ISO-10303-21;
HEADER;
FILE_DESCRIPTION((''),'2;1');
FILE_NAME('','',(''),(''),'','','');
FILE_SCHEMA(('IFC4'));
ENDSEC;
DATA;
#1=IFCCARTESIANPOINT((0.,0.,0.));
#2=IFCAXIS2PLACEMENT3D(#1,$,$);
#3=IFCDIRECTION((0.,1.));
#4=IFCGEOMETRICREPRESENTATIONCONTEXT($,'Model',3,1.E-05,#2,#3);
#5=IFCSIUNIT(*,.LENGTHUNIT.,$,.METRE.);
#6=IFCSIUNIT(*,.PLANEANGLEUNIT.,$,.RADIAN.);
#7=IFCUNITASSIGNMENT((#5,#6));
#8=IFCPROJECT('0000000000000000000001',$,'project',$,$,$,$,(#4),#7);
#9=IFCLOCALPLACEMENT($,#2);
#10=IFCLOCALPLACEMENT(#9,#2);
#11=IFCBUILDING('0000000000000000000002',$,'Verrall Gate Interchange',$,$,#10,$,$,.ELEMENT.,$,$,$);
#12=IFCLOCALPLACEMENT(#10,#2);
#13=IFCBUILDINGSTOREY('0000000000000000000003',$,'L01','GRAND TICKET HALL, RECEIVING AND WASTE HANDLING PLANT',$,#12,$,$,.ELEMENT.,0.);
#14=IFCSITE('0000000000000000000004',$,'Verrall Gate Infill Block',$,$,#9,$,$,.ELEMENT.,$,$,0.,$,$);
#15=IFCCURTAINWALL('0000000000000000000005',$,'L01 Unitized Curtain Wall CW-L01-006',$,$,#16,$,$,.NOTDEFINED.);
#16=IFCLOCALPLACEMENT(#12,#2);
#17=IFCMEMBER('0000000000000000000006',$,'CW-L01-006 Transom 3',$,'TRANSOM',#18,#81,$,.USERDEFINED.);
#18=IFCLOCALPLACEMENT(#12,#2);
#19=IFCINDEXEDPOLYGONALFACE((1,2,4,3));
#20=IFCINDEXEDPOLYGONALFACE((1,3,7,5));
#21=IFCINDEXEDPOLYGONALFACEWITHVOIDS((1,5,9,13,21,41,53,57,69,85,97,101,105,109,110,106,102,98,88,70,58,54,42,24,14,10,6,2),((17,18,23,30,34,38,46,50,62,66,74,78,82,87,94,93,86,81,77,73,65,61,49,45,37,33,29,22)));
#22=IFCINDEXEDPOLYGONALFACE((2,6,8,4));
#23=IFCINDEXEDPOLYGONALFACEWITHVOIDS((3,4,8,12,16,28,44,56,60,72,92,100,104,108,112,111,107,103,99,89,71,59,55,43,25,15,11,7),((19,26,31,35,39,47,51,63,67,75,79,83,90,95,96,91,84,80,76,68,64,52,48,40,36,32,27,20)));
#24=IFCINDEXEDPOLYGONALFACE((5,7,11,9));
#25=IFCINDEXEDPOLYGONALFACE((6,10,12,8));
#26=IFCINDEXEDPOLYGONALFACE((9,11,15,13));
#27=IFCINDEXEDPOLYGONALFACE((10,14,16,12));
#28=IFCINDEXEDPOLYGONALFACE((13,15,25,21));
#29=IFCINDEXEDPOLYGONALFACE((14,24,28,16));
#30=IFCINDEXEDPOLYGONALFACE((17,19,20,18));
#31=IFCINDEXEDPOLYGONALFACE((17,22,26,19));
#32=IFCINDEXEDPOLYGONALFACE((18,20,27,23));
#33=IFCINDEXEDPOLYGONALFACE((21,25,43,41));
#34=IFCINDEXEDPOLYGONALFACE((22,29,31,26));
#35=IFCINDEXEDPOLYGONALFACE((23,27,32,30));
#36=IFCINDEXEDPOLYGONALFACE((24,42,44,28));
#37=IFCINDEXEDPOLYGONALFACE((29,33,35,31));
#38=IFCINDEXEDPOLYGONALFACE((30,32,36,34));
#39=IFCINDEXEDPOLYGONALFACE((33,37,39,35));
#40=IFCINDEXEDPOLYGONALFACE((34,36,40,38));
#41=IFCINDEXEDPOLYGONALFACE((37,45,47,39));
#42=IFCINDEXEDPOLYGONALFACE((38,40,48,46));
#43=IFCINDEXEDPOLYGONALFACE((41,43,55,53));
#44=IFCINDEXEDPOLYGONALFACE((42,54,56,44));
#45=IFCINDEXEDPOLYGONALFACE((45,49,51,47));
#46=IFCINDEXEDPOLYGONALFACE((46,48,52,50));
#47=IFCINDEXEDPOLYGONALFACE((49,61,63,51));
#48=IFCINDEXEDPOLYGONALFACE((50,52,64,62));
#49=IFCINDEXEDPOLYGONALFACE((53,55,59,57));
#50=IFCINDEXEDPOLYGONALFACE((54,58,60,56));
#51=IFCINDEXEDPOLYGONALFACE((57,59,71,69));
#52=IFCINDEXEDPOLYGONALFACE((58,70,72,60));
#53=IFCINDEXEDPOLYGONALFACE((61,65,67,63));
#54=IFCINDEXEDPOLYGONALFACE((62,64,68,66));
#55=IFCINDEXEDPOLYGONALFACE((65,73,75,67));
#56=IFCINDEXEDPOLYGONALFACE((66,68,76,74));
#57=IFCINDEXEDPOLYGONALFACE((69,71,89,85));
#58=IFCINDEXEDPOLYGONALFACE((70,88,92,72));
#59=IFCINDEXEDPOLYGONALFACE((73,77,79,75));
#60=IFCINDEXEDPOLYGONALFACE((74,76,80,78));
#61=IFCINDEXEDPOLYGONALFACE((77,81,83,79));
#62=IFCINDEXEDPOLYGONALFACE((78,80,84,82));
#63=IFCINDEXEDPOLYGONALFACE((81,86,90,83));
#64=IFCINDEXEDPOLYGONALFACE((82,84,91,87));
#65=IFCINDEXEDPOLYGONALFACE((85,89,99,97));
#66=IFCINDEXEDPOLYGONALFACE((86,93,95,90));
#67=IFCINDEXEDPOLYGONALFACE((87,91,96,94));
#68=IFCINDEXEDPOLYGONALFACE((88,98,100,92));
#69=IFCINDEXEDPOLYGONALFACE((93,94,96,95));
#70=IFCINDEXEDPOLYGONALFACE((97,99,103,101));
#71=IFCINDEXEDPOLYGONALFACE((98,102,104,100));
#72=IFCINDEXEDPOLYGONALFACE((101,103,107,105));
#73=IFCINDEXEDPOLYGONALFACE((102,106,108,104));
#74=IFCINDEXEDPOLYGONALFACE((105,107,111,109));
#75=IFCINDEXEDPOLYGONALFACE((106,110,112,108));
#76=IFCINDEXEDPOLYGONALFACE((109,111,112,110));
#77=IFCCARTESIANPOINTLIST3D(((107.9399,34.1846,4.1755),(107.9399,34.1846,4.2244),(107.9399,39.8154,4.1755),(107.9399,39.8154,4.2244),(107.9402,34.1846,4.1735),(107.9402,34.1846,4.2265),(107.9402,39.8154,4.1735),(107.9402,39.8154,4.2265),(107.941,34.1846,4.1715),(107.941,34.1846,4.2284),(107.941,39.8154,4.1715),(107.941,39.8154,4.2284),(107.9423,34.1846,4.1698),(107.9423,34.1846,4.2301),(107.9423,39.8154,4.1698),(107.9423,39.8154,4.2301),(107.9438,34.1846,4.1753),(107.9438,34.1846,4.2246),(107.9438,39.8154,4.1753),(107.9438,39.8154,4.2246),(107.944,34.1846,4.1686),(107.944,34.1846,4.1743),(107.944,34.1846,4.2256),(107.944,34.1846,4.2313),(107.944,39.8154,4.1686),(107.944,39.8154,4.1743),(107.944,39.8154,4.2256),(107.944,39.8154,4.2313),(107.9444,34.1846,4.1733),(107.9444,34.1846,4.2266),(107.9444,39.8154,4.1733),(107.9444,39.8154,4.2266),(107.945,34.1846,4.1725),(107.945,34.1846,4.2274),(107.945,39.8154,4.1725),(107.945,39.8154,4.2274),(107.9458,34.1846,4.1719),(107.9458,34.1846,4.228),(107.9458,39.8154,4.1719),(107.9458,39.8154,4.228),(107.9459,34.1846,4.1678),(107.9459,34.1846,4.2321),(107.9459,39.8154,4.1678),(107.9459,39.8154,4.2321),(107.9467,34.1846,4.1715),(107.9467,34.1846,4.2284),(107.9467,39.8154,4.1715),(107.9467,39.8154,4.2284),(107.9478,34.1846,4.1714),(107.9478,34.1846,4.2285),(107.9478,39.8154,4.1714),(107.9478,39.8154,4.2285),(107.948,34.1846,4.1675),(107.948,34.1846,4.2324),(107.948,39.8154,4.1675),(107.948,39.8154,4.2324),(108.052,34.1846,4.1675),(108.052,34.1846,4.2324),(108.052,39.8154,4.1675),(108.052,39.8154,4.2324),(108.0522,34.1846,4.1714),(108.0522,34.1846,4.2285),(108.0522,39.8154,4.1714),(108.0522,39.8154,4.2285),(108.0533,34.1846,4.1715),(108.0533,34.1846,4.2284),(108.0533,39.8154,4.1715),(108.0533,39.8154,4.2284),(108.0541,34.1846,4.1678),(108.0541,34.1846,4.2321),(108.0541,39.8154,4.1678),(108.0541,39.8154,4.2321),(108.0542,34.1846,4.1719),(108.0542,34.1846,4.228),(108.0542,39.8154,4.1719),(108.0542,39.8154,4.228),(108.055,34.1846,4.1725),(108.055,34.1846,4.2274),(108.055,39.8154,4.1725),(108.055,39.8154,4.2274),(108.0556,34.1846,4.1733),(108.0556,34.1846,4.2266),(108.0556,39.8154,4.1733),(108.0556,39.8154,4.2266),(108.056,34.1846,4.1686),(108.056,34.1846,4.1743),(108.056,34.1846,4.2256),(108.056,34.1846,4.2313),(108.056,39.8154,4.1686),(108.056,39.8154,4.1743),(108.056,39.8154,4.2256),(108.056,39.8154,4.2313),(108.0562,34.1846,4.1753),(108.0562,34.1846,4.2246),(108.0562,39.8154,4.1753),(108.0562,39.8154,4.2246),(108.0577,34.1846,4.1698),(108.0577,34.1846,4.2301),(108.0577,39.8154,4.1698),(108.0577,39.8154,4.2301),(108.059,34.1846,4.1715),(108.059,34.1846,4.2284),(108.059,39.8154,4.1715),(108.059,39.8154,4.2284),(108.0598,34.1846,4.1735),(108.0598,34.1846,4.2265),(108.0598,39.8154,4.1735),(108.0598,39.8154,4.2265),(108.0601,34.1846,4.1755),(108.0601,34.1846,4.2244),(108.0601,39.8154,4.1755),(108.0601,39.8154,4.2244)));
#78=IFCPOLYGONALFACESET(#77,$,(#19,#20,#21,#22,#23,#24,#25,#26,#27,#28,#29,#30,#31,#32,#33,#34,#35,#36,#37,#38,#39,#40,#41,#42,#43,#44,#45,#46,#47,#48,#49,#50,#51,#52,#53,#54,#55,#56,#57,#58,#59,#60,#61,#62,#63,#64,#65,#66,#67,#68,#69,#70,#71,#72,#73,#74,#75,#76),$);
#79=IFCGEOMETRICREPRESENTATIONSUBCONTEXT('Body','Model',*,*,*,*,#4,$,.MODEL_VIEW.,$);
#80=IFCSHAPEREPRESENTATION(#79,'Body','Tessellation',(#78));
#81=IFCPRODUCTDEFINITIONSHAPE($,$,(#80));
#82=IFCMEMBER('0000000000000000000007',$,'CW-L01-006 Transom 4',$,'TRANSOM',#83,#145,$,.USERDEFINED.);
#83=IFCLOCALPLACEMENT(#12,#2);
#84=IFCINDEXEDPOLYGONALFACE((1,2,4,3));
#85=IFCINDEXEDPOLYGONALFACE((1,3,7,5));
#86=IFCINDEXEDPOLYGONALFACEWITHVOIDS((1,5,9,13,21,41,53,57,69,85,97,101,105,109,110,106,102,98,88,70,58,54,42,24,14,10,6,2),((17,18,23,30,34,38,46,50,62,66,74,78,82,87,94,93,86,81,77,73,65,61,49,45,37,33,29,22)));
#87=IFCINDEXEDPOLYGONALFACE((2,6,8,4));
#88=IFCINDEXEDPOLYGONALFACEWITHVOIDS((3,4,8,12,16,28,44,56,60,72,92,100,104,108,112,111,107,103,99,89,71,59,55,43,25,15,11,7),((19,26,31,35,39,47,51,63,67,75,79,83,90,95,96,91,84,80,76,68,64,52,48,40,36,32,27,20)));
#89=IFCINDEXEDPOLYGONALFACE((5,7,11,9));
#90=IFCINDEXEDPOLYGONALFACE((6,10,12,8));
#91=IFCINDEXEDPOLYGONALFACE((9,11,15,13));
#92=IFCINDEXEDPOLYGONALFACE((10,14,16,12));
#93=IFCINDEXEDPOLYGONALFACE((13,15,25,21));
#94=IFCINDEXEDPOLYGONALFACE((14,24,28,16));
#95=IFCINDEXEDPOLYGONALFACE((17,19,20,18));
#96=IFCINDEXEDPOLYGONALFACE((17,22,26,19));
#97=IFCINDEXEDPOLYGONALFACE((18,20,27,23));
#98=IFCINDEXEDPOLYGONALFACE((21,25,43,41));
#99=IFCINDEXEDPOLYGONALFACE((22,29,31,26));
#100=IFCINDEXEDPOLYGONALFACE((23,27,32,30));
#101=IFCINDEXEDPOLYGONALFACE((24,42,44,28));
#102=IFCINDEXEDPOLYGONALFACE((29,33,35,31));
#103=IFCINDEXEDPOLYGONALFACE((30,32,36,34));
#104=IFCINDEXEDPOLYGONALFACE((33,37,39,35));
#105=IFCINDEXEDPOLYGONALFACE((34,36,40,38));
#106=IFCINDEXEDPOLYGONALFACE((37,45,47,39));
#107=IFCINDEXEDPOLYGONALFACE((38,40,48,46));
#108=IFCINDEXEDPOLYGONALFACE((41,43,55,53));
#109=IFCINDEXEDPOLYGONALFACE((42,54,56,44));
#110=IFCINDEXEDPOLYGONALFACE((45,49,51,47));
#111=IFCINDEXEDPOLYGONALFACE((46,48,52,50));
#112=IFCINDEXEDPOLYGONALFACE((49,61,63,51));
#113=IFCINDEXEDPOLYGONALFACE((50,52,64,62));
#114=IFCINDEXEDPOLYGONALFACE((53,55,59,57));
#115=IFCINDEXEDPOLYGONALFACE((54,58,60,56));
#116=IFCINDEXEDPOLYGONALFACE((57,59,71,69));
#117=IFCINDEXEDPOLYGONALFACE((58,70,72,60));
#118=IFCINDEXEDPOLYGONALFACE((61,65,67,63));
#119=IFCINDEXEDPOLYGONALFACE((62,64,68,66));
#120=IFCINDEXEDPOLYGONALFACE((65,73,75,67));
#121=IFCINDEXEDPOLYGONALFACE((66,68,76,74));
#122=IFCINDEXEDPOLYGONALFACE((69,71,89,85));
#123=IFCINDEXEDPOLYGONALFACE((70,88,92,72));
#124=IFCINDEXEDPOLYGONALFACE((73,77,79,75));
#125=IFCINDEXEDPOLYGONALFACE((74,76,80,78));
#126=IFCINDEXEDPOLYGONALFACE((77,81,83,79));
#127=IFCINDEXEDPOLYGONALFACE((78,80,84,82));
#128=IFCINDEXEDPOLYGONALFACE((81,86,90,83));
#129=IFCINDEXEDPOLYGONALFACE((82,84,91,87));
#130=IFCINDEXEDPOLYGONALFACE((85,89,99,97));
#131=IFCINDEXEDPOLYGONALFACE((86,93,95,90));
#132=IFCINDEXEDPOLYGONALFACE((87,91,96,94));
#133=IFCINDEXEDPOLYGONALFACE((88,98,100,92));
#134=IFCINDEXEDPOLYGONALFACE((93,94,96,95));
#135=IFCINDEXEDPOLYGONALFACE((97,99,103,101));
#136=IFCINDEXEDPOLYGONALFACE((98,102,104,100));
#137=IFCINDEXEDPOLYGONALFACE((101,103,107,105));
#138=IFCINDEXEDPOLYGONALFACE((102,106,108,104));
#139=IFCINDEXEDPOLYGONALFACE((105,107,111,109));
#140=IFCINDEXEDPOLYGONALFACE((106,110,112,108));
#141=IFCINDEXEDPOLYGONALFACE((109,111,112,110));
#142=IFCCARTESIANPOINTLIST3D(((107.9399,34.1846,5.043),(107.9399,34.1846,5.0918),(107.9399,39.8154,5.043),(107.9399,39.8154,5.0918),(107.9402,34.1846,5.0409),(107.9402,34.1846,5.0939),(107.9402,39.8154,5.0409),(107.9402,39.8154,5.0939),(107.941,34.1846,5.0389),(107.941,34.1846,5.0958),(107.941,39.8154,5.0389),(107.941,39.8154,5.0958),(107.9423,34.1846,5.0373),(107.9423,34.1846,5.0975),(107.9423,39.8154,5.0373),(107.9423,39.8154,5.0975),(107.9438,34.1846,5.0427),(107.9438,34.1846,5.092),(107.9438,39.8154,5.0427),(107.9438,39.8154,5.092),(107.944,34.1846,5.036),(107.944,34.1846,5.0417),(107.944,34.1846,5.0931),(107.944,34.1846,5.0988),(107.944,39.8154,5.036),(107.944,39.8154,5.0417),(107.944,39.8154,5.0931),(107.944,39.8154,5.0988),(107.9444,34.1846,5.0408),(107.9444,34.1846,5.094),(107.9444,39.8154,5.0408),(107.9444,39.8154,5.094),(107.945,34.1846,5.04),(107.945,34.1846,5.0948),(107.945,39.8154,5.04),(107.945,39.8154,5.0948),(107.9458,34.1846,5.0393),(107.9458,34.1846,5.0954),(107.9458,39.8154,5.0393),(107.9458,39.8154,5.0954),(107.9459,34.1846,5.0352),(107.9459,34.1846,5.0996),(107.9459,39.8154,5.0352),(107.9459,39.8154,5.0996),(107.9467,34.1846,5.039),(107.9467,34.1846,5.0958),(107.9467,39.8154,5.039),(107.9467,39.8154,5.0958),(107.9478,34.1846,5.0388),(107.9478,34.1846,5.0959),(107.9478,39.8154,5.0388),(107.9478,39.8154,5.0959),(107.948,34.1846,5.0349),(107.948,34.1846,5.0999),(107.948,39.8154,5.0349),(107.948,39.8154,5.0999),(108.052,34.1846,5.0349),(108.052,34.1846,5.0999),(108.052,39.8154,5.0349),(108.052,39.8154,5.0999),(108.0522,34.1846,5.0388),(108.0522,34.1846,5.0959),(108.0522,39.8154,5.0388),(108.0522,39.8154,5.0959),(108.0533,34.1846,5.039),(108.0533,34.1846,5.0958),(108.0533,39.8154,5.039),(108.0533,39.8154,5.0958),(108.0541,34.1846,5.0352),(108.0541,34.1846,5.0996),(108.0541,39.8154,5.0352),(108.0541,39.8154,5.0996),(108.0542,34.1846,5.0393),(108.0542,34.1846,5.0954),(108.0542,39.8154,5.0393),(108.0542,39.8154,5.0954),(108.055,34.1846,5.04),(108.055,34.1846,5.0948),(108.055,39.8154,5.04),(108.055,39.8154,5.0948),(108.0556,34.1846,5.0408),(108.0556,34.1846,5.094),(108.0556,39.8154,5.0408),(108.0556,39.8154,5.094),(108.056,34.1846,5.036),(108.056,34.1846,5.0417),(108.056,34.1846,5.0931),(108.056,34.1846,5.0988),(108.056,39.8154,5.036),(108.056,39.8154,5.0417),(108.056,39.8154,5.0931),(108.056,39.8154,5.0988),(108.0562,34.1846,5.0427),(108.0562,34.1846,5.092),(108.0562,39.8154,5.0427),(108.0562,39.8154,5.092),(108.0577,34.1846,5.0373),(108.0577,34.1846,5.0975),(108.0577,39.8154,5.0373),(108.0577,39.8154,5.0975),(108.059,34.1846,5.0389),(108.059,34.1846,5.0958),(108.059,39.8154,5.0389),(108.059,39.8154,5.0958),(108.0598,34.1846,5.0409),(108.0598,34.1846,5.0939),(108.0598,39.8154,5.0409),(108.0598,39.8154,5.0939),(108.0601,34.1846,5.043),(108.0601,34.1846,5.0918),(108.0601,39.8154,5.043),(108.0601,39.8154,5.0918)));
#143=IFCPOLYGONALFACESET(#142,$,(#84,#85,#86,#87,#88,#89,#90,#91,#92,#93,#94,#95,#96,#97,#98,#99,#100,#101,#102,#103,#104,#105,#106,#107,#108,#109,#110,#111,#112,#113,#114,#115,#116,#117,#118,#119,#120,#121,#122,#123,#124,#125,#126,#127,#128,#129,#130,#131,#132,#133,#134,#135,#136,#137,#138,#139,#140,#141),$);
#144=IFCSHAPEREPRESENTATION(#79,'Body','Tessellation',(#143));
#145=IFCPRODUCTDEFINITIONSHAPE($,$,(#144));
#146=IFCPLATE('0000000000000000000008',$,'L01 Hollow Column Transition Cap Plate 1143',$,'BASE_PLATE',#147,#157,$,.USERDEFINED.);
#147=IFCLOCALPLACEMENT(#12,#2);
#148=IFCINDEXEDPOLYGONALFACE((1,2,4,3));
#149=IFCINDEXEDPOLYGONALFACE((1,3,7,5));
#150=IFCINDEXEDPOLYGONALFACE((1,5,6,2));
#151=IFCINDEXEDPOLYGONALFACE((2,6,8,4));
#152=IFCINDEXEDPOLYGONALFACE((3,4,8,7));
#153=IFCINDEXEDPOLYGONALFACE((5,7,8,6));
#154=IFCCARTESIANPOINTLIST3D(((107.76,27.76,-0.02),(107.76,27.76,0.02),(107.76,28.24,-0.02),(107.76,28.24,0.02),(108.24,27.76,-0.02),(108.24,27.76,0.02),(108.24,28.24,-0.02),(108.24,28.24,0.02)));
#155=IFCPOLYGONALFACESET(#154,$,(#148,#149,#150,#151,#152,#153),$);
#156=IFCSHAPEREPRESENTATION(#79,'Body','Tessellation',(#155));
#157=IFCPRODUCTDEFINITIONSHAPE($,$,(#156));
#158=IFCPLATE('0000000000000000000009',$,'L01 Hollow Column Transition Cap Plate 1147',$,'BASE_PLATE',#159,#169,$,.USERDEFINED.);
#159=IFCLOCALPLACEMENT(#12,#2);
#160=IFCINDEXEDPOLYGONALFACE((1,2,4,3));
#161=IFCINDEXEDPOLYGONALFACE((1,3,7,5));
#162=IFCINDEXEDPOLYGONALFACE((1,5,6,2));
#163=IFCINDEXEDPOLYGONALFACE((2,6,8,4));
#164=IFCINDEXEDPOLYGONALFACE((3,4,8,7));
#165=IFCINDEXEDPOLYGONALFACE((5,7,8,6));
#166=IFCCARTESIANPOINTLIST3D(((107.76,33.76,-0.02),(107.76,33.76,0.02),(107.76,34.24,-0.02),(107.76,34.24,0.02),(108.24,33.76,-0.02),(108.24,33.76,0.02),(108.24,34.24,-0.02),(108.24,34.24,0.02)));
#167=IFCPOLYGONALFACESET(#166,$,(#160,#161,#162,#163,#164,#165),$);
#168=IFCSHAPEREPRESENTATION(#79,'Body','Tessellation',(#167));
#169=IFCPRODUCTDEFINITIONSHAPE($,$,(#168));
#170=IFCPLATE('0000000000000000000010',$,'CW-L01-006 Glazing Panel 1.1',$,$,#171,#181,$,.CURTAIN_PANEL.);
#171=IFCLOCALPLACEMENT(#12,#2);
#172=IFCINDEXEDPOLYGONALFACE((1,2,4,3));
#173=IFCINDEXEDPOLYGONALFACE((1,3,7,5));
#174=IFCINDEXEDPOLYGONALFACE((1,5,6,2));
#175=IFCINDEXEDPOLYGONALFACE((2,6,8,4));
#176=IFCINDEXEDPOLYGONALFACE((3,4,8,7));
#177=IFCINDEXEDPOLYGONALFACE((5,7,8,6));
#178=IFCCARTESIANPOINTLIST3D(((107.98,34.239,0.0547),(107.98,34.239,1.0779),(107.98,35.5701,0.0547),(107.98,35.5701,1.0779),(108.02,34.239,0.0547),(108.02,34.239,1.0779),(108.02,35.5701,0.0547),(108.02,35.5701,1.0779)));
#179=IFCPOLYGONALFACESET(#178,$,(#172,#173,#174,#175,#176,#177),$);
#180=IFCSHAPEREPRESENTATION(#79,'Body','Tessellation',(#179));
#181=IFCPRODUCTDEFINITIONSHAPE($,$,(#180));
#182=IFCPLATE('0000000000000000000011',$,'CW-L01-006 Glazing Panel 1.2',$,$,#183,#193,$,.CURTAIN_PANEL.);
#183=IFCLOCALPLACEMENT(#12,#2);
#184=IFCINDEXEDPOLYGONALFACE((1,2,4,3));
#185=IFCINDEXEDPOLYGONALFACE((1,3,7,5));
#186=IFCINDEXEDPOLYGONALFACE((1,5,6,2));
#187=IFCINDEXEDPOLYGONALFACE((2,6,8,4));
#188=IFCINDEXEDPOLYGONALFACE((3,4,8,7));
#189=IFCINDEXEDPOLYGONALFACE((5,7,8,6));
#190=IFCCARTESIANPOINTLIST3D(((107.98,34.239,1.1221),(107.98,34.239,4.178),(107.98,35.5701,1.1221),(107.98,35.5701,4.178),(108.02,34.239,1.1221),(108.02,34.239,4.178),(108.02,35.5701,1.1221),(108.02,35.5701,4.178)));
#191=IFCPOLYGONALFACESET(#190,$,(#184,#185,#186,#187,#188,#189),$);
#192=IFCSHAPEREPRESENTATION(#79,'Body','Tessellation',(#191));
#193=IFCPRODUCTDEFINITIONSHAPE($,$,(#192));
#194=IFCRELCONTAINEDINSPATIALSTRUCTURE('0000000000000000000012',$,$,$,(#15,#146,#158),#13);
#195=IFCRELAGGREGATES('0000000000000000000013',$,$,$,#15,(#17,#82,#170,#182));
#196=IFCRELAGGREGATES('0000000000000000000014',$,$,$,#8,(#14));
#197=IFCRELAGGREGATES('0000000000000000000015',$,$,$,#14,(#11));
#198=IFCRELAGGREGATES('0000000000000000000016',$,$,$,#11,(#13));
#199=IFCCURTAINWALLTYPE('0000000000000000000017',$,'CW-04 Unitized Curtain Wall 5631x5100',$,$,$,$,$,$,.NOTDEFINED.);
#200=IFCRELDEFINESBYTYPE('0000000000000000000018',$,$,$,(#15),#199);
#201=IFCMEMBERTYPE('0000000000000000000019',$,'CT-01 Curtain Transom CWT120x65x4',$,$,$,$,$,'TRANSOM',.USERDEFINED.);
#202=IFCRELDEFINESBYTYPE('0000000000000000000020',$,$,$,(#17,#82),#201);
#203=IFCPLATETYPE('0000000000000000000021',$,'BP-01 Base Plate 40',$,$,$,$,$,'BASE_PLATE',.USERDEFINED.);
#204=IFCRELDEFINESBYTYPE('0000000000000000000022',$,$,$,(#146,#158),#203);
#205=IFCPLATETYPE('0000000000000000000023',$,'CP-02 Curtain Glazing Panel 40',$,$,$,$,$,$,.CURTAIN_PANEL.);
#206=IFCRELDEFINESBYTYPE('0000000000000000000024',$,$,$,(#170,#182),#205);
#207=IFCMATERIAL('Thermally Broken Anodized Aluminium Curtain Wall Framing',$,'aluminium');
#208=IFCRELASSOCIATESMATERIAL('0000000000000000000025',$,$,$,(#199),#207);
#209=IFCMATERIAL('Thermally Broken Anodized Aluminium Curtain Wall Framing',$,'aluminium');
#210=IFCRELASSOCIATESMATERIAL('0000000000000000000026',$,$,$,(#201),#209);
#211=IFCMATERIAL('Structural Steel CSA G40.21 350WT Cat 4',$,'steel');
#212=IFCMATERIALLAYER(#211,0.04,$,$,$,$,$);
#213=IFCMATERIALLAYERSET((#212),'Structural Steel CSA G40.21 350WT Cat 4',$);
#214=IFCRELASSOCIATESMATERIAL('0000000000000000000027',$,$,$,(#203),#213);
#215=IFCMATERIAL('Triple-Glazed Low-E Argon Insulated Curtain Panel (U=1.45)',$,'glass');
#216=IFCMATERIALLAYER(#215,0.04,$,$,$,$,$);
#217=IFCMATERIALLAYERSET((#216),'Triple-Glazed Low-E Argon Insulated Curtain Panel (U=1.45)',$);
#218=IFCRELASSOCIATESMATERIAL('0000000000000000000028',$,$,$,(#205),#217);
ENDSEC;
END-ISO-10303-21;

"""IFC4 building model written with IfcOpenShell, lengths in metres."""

from ifc_helpers import new_model, si_unit, direction, frame, origin, origin_2d, place, context, subcontext, project, spatial, rectangle, hollow_rectangle, extrude, material, layer, layer_set, material_profile, profile_set, type_object, element, aggregate, save


model = new_model("IFC4")

# Units and contexts
model_context = context("Model", 3, precision=1e-05, world=origin(), true_north=direction((0.0, 1.0)))
body_context = subcontext(model_context, "Body", "Model", "MODEL_VIEW")
ifc_project = project(units=[si_unit("LENGTHUNIT", "METRE"), si_unit("PLANEANGLEUNIT", "RADIAN")], contexts=[model_context])

# Site, building, storey
site_placement = place(None, origin())
site = spatial("IfcSite", under=ifc_project, at=site_placement, Name="Verrall Gate Infill Block", CompositionType="ELEMENT", RefElevation=0.0)
building_placement = place(site_placement, origin())
building = spatial("IfcBuilding", under=site, at=building_placement, Name="Verrall Gate Interchange", CompositionType="ELEMENT")
storey_placement = place(building_placement, origin())
storey = spatial("IfcBuildingStorey", under=building, at=storey_placement, Name="L01", Description="GRAND TICKET HALL, RECEIVING AND WASTE HANDLING PLANT", CompositionType="ELEMENT", Elevation=0.0)

# Curtain wall
ifc_material_1 = material(Name="Thermally Broken Anodized Aluminium Curtain Wall Framing", Category="aluminium")
curtain_wall_type = type_object("IfcCurtainWallType", Name="CW-04 Unitized Curtain Wall 5631x5100", PredefinedType="NOTDEFINED", material=ifc_material_1)
curtain_wall_1_placement = place(storey_placement, origin())
curtain_wall_1 = element("IfcCurtainWall", 1, at=curtain_wall_1_placement, inside=storey, type_object=curtain_wall_type, Name="L01 Unitized Curtain Wall CW-L01-006", PredefinedType="NOTDEFINED")

# Members
ifc_material_2 = material(Name="Thermally Broken Anodized Aluminium Curtain Wall Framing", Category="aluminium")
ifc_material_profile_1 = material_profile(ifc_material_2, hollow_rectangle(XDim=0.1201, YDim=0.0649, WallThickness=0.0039, InnerFilletRadius=0.0039, OuterFilletRadius=0.0081, at=origin_2d()), Name="CWT120x65x4")
ifc_profile_set_1 = profile_set([ifc_material_profile_1], Name="Thermally Broken Anodized Aluminium Curtain Wall Framing")
member_type_1 = type_object("IfcMemberType", Name="CT-01 Curtain Transom CWT120x65x4", ElementType="TRANSOM", PredefinedType="USERDEFINED", material=ifc_profile_set_1)
member_1_placement = place(storey_placement, frame((108.0, 34.1846, 4.2), z_axis=(0.0, 1.0, 0.0), x_axis=(-1.0, 0.0, 0.0)))
member_1 = element("IfcMember", 2, at=member_1_placement, type_object=member_type_1, Name="CW-L01-006 Transom 3", ObjectType="TRANSOM", PredefinedType="USERDEFINED", context=body_context, shape_type="SweptSolid", body=[
    extrude(hollow_rectangle(XDim=0.1201, YDim=0.0649, WallThickness=0.0039, InnerFilletRadius=0.0039, OuterFilletRadius=0.0081, at=origin_2d()), origin(), (0.0, 0.0, 1.0), 5.6309),
])
member_2_placement = place(storey_placement, frame((108.0, 34.1846, 5.0674), z_axis=(0.0, 1.0, 0.0), x_axis=(-1.0, 0.0, 0.0)))
member_2 = element("IfcMember", 3, at=member_2_placement, type_object=member_type_1, Name="CW-L01-006 Transom 4", ObjectType="TRANSOM", PredefinedType="USERDEFINED", context=body_context, shape_type="SweptSolid", body=[
    extrude(hollow_rectangle(XDim=0.1201, YDim=0.0649, WallThickness=0.0039, InnerFilletRadius=0.0039, OuterFilletRadius=0.0081, at=origin_2d()), origin(), (0.0, 0.0, 1.0), 5.6309),
])

# Plates
ifc_material_3 = material(Name="Structural Steel CSA G40.21 350WT Cat 4", Category="steel")
ifc_layer_1 = layer(ifc_material_3, 0.04)
ifc_layer_set_1 = layer_set([ifc_layer_1], Name="Structural Steel CSA G40.21 350WT Cat 4")
plate_type_1 = type_object("IfcPlateType", Name="BP-01 Base Plate 40", ElementType="BASE_PLATE", PredefinedType="USERDEFINED", material=ifc_layer_set_1)
for number, where, z_axis, x_axis, name in (
    (4, (108.0, 28.0, -0.02), (0.0, 0.0, 1.0), (1.0, 0.0, 0.0), "L01 Hollow Column Transition Cap Plate 1143"),
    (5, (108.0, 34.0, -0.02), (0.0, 0.0, 1.0), (1.0, 0.0, 0.0), "L01 Hollow Column Transition Cap Plate 1147"),
):
    element("IfcPlate", number, at=place(storey_placement, frame(where, z_axis=z_axis, x_axis=x_axis)), inside=storey, type_object=plate_type_1, Name=name, ObjectType="BASE_PLATE", PredefinedType="USERDEFINED", context=body_context, shape_type="SweptSolid", body=[
        extrude(rectangle(XDim=0.48, YDim=0.48, at=origin_2d()), origin(), (0.0, 0.0, 1.0), 0.04),
    ])

# Plates
ifc_material_4 = material(Name="Triple-Glazed Low-E Argon Insulated Curtain Panel (U=1.45)", Category="glass")
ifc_layer_2 = layer(ifc_material_4, 0.04)
ifc_layer_set_2 = layer_set([ifc_layer_2], Name="Triple-Glazed Low-E Argon Insulated Curtain Panel (U=1.45)")
plate_type_2 = type_object("IfcPlateType", Name="CP-02 Curtain Glazing Panel 40", PredefinedType="CURTAIN_PANEL", material=ifc_layer_set_2)
plate_1_placement = place(storey_placement, frame((108.0, 34.9045, 0.0547), z_axis=(0.0, 0.0, 1.0), x_axis=(0.0, 1.0, 0.0)))
plate_1 = element("IfcPlate", 6, at=plate_1_placement, type_object=plate_type_2, Name="CW-L01-006 Glazing Panel 1.1", PredefinedType="CURTAIN_PANEL", context=body_context, shape_type="SweptSolid", body=[
    extrude(rectangle(XDim=1.3311, YDim=0.04, at=origin_2d()), origin(), (0.0, 0.0, 1.0), 1.0232),
])
plate_2_placement = place(storey_placement, frame((108.0, 34.9045, 1.1221), z_axis=(0.0, 0.0, 1.0), x_axis=(0.0, 1.0, 0.0)))
plate_2 = element("IfcPlate", 7, at=plate_2_placement, type_object=plate_type_2, Name="CW-L01-006 Glazing Panel 1.2", PredefinedType="CURTAIN_PANEL", context=body_context, shape_type="SweptSolid", body=[
    extrude(rectangle(XDim=1.3311, YDim=0.04, at=origin_2d()), origin(), (0.0, 0.0, 1.0), 3.0559),
])
aggregate(curtain_wall_1, [member_1, member_2, plate_1, plate_2])

save(model, "model.ifc")
